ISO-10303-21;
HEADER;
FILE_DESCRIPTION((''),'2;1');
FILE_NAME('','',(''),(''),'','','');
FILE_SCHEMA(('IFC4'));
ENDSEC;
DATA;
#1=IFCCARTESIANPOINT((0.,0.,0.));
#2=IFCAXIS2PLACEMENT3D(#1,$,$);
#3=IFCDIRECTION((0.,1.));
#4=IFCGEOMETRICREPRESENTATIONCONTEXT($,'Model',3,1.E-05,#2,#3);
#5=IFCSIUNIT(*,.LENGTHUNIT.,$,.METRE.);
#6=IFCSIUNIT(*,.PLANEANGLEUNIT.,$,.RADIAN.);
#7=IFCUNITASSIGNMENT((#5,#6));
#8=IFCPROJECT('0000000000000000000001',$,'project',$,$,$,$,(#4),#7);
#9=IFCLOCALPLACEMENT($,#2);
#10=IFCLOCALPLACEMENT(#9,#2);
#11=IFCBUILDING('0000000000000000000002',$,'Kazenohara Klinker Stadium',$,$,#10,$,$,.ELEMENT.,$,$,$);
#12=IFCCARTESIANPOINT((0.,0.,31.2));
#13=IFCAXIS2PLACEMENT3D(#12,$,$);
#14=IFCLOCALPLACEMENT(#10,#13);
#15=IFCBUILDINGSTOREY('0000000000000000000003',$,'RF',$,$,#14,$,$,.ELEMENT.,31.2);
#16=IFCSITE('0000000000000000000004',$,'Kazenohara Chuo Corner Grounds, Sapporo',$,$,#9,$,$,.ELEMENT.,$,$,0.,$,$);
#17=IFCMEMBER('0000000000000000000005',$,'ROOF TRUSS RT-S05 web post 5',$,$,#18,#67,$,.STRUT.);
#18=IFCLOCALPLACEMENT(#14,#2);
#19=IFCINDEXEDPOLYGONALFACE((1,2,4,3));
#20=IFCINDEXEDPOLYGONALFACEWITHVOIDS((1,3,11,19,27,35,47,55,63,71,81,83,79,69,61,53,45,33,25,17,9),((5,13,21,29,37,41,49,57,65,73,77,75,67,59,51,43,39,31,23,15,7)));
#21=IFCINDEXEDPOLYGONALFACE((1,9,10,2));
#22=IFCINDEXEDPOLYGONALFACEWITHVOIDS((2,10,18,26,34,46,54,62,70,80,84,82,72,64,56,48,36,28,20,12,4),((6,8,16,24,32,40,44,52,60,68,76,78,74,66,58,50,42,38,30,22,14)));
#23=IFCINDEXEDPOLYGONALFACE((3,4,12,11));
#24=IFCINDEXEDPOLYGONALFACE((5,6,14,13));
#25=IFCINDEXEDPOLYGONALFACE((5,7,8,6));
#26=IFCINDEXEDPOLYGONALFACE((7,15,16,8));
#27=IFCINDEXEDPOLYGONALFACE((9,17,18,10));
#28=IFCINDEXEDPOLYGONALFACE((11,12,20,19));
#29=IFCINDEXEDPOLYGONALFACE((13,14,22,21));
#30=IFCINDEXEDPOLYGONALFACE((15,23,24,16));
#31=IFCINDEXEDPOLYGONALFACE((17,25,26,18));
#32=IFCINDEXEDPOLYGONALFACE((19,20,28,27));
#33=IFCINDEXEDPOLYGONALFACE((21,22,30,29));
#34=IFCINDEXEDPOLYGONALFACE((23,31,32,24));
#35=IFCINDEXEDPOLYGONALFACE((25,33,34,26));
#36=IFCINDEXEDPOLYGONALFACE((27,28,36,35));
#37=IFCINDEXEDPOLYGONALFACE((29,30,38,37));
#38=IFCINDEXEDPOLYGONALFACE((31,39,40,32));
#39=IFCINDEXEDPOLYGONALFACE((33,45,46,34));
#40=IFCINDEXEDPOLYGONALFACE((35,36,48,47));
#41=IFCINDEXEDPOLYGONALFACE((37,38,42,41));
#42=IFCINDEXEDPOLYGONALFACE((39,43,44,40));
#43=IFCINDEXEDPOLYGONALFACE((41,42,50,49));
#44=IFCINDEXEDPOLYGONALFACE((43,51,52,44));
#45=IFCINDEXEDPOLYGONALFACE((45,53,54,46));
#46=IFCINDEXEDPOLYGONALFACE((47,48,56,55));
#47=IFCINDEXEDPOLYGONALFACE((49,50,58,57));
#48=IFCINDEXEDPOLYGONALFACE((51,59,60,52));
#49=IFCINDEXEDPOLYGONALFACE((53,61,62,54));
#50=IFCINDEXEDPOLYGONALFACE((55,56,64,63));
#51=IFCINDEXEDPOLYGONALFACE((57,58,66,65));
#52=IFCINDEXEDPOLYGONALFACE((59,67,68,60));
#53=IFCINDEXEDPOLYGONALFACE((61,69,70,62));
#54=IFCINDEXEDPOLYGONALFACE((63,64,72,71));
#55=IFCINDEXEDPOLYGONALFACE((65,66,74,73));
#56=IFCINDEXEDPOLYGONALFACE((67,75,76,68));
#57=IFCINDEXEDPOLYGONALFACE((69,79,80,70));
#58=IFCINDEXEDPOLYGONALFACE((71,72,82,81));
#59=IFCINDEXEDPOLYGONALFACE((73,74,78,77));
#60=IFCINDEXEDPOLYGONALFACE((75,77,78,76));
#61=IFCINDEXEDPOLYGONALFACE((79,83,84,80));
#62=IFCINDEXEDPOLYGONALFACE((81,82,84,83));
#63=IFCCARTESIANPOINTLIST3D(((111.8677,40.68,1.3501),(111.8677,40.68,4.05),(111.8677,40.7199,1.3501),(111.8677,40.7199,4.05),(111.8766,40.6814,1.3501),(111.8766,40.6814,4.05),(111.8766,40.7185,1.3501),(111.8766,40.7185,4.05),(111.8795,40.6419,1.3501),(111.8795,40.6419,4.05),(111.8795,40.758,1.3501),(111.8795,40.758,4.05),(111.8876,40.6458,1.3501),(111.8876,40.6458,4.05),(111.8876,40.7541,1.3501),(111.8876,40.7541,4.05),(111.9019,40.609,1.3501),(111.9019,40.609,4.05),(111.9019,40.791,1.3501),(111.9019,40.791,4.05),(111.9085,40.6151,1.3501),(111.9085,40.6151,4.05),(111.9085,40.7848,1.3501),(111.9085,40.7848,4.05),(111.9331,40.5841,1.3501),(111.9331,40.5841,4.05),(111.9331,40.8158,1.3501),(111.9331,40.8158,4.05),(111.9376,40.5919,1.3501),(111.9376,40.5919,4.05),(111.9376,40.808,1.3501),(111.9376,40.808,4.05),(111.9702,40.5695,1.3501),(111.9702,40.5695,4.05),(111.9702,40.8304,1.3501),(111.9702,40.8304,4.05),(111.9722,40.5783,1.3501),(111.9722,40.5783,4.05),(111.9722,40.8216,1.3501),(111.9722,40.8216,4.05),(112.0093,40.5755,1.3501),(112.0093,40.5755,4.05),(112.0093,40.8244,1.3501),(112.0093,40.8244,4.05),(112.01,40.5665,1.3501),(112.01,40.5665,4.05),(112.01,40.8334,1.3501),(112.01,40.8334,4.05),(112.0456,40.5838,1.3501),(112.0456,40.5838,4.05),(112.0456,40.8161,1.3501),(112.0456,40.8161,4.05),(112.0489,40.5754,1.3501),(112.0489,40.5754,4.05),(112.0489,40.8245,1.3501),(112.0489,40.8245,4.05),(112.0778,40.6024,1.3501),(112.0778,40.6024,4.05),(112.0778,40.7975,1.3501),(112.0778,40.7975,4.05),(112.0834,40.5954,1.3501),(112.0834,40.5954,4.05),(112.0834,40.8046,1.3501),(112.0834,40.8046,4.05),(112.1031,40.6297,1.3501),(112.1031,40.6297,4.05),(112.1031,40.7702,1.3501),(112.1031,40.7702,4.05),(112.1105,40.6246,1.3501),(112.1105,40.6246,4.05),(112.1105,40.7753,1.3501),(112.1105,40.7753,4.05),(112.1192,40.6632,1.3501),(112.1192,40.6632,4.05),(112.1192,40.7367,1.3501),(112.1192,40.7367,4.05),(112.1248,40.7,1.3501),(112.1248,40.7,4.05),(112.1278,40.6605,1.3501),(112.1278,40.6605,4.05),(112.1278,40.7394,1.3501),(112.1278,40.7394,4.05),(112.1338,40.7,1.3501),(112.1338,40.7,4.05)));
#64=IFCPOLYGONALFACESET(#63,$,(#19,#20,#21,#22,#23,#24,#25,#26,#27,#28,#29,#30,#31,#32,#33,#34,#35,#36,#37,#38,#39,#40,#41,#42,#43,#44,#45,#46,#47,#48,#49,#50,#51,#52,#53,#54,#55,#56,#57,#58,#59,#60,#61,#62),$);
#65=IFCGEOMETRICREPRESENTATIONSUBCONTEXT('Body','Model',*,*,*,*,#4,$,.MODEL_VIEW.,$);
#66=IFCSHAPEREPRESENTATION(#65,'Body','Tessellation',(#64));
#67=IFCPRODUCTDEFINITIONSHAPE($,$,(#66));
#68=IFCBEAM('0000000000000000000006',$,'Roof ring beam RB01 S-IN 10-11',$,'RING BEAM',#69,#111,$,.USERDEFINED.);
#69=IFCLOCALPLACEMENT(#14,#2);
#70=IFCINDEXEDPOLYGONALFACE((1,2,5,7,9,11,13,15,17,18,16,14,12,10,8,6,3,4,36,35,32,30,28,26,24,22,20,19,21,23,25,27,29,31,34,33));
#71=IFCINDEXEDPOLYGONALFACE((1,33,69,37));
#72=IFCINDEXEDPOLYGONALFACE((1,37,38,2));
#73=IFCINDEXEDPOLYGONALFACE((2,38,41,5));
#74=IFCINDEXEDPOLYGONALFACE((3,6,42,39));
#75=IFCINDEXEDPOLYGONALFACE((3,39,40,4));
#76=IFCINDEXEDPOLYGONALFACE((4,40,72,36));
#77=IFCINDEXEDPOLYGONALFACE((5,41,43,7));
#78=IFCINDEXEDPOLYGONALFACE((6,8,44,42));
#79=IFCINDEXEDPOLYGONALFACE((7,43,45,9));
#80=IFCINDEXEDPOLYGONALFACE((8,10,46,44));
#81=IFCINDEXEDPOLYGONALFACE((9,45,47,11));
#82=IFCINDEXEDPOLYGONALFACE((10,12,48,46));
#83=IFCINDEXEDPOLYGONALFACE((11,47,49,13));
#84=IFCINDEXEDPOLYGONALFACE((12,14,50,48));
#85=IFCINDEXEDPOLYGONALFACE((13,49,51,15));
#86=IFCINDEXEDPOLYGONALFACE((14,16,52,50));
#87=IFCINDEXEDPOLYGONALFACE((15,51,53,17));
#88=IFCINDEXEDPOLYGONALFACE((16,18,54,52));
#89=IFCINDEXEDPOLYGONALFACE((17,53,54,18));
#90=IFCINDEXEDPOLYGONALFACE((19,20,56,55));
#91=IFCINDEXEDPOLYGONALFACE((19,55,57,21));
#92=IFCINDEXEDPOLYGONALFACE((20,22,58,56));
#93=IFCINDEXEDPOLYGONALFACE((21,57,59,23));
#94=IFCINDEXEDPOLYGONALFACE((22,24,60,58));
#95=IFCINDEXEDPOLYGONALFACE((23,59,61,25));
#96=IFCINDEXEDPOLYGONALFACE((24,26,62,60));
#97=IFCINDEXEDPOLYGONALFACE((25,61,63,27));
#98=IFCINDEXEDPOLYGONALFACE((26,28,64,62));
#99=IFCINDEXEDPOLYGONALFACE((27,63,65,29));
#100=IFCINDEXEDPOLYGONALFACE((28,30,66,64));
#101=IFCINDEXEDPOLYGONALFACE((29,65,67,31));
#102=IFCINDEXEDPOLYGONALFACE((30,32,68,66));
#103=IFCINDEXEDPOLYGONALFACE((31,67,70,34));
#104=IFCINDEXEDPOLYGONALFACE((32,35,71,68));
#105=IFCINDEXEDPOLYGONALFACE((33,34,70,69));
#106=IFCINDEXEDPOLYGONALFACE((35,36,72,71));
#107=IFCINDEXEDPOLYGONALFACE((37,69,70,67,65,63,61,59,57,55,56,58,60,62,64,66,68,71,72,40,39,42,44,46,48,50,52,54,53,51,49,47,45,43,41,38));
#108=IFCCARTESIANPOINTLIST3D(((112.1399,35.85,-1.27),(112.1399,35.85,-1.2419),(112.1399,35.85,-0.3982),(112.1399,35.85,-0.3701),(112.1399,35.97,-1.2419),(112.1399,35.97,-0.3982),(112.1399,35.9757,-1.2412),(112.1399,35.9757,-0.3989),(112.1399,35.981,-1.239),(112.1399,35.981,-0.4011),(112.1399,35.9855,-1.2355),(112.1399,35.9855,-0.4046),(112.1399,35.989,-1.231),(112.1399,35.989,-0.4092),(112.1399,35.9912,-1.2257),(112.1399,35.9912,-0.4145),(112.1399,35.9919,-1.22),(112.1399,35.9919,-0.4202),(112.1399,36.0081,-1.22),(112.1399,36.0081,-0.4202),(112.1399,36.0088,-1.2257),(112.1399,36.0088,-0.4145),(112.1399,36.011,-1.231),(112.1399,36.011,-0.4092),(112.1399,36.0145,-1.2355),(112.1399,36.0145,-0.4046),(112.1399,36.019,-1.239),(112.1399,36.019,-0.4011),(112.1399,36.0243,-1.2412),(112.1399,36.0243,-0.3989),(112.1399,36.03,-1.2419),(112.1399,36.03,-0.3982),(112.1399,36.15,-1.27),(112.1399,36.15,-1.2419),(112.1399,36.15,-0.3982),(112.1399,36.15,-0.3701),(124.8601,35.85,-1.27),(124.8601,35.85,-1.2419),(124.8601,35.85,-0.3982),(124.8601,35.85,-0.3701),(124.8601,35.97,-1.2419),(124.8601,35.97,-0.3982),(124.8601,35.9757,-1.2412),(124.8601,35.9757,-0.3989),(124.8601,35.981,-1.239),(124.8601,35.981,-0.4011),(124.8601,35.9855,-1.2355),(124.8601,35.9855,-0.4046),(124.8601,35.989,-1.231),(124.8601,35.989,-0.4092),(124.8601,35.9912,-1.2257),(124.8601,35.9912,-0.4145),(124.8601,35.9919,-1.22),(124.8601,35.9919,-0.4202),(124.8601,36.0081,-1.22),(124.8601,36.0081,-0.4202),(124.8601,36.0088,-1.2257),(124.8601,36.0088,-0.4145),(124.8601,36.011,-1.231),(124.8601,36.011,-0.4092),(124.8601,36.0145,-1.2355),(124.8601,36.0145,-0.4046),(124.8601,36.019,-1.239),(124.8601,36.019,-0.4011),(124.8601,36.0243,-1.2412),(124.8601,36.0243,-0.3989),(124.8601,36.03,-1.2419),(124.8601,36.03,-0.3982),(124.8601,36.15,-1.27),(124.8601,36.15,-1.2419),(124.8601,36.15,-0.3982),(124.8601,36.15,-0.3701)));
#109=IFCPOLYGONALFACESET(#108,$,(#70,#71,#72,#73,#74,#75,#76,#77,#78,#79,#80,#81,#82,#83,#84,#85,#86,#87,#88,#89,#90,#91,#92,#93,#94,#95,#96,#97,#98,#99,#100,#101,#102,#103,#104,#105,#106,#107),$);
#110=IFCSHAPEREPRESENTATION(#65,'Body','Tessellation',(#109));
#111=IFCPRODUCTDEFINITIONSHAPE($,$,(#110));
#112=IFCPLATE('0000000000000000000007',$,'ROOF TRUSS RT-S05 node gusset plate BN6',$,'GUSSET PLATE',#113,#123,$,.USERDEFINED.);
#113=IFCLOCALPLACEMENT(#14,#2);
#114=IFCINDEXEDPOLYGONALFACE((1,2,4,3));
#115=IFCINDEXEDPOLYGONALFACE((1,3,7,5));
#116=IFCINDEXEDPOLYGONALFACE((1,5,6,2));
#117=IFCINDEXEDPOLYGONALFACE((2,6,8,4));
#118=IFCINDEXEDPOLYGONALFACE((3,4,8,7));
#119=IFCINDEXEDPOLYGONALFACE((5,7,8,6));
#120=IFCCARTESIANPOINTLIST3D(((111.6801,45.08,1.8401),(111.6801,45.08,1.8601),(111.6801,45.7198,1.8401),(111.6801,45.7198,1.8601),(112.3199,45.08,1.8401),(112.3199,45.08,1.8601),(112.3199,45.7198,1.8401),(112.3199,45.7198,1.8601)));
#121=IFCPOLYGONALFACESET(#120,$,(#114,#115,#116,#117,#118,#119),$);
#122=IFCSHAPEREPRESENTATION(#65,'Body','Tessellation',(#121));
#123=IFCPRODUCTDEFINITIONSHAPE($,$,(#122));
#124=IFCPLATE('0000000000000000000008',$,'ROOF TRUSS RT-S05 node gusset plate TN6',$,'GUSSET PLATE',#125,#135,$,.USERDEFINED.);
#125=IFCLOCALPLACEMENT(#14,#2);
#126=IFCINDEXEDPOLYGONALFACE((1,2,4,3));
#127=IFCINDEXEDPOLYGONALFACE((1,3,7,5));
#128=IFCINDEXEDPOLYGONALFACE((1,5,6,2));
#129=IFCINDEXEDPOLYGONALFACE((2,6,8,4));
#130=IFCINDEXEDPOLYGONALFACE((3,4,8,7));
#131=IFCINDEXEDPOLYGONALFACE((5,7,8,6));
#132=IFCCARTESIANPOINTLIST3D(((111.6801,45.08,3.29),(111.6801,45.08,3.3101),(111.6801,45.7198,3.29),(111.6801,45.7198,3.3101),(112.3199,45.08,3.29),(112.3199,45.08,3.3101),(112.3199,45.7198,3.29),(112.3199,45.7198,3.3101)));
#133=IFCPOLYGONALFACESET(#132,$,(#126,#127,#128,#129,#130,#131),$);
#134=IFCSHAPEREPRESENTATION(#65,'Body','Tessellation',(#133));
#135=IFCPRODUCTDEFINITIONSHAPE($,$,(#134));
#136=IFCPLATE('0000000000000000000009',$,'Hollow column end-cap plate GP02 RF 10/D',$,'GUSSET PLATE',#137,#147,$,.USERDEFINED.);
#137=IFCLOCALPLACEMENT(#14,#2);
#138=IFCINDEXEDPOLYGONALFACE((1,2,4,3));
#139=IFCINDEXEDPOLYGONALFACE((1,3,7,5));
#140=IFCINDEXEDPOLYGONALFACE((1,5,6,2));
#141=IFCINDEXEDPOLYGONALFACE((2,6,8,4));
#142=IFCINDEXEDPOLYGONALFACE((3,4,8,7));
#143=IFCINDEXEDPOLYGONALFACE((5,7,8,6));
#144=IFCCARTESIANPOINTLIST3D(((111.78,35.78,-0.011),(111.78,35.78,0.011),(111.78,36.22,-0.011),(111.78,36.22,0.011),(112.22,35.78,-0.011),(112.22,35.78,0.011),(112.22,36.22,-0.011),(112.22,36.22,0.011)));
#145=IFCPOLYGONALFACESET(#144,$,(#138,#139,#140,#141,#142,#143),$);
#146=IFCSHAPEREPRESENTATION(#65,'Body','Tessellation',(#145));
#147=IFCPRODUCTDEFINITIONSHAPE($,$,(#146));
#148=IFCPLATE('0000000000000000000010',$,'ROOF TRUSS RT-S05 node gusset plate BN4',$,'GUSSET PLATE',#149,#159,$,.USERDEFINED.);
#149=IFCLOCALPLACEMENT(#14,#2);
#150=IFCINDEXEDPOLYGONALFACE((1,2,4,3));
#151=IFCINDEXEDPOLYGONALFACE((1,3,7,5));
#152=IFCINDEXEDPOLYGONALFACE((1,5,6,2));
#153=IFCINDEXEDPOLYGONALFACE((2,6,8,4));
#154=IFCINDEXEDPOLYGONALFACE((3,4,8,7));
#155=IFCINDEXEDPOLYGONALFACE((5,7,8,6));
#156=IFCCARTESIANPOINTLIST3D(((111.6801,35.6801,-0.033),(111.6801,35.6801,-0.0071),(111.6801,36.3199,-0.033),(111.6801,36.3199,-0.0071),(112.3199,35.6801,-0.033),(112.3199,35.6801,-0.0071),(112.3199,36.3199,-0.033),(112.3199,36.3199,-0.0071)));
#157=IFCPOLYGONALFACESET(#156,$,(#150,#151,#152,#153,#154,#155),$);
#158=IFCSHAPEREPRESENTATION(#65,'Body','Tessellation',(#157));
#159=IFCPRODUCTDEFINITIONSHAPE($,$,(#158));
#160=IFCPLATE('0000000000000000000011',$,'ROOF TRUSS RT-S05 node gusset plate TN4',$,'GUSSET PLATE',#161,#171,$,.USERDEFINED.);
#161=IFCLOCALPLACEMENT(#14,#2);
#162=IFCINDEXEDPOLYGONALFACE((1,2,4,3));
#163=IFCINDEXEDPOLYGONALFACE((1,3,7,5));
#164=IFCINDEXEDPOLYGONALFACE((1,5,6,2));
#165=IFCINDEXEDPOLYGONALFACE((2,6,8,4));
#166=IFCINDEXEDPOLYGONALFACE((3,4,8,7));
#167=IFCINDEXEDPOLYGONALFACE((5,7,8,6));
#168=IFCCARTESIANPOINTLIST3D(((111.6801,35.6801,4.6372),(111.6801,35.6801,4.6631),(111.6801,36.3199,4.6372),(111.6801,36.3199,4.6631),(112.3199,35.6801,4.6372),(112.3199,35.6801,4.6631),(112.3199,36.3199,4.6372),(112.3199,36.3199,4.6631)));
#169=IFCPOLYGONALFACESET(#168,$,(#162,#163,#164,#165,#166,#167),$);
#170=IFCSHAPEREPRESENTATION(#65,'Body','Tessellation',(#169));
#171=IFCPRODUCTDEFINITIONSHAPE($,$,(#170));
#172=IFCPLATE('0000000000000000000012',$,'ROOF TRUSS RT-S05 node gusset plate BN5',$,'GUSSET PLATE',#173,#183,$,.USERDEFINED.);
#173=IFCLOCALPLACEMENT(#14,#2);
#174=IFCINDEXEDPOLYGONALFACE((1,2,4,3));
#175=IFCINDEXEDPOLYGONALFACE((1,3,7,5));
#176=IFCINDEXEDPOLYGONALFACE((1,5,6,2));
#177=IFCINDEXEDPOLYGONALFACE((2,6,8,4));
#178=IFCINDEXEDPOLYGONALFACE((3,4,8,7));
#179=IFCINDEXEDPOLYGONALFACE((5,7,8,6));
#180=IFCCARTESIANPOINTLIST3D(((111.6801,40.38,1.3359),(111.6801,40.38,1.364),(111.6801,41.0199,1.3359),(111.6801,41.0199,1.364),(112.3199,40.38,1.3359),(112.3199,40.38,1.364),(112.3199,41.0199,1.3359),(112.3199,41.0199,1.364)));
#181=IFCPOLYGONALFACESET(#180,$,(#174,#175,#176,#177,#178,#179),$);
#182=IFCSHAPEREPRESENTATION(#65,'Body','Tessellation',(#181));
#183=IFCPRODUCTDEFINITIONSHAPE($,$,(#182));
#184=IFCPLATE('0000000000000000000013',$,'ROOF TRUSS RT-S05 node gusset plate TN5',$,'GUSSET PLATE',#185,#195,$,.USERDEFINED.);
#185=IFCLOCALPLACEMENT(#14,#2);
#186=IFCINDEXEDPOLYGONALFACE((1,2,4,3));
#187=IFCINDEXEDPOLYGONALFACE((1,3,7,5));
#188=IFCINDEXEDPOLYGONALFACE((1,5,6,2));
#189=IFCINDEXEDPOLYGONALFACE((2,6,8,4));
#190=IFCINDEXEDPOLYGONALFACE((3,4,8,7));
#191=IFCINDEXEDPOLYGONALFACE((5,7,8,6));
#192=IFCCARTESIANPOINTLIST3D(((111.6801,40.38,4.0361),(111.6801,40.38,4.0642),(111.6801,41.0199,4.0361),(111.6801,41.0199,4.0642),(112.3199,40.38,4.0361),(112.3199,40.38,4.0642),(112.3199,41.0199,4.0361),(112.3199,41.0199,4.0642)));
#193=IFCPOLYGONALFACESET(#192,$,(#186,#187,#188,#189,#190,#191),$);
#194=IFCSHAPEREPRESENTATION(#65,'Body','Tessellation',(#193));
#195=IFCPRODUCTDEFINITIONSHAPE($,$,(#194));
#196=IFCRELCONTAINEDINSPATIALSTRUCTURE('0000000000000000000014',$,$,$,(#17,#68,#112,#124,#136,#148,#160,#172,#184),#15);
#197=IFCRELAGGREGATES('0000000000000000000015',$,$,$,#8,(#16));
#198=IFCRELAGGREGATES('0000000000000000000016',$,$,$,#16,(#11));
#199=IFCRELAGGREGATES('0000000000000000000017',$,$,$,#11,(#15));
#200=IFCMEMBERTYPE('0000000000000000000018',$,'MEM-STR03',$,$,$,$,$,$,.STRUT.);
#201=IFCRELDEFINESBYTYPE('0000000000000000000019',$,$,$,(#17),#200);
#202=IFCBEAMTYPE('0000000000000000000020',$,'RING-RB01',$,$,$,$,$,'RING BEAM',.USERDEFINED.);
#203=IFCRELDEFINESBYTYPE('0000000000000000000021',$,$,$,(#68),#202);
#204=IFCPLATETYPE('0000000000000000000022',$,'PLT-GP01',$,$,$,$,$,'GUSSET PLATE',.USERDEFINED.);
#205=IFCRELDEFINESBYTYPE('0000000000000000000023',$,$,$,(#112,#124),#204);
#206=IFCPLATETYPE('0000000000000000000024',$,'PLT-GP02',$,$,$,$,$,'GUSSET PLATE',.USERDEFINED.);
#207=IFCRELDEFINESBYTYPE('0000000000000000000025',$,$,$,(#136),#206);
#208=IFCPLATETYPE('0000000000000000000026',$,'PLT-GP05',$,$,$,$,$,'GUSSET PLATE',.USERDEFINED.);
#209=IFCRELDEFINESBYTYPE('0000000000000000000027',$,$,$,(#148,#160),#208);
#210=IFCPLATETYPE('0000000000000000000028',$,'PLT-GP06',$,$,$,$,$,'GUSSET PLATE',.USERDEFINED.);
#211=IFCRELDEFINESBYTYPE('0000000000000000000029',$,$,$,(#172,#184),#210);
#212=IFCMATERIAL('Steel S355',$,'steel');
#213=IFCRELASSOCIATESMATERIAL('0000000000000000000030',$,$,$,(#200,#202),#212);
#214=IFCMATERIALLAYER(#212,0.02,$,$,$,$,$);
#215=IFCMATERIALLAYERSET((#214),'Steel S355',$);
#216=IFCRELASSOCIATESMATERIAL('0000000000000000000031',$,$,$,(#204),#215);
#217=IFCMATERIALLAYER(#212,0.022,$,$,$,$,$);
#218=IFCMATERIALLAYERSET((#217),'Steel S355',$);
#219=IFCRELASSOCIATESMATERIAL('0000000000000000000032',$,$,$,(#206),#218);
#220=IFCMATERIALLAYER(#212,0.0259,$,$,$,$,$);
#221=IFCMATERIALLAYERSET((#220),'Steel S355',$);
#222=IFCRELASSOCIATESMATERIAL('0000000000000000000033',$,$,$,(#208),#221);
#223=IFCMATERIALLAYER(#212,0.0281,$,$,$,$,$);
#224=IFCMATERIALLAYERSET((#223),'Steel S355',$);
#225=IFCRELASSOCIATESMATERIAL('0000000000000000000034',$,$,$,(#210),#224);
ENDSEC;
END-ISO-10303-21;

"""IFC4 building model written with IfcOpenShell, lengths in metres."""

from ifc_helpers import new_model, si_unit, direction, frame, origin, origin_2d, place, context, subcontext, project, spatial, rectangle, hollow_circle, i_section, extrude, material, layer, layer_set, material_profile, profile_set, type_object, element, save


model = new_model("IFC4")

# Units and contexts
model_context = context("Model", 3, precision=1e-05, world=origin(), true_north=direction((0.0, 1.0)))
body_context = subcontext(model_context, "Body", "Model", "MODEL_VIEW")
ifc_project = project(units=[si_unit("LENGTHUNIT", "METRE"), si_unit("PLANEANGLEUNIT", "RADIAN")], contexts=[model_context])

# Site, building, storey
site_placement = place(None, origin())
site = spatial("IfcSite", under=ifc_project, at=site_placement, Name="Kazenohara Chuo Corner Grounds, Sapporo", CompositionType="ELEMENT", RefElevation=0.0)
building_placement = place(site_placement, origin())
building = spatial("IfcBuilding", under=site, at=building_placement, Name="Kazenohara Klinker Stadium", CompositionType="ELEMENT")
storey_placement = place(building_placement, frame((0.0, 0.0, 31.2)))
storey = spatial("IfcBuildingStorey", under=building, at=storey_placement, Name="RF", CompositionType="ELEMENT", Elevation=31.2)

# Member
ifc_material_1 = material(Name="Steel S355", Category="steel")
ifc_material_profile_1 = material_profile(ifc_material_1, hollow_circle(Radius=0.1338, WallThickness=0.009, at=origin_2d()), Name="CHS-267.4x9")
ifc_profile_set_1 = profile_set([ifc_material_profile_1], Name="Steel S355")
member_type_1 = type_object("IfcMemberType", Name="MEM-STR03", PredefinedType="STRUT", material=ifc_profile_set_1)
member_1_placement = place(storey_placement, frame((112.0, 40.7, 1.3501), z_axis=(0.0, 0.0, 1.0), x_axis=(1.0, 0.0, 0.0)))
element("IfcMember", 1, at=member_1_placement, inside=storey, type_object=member_type_1, Name="ROOF TRUSS RT-S05 web post 5", PredefinedType="STRUT", context=body_context, shape_type="SweptSolid", body=[
    extrude(hollow_circle(Radius=0.1338, WallThickness=0.009, at=origin_2d()), origin(), (0.0, 0.0, 1.0), 2.7),
])

# Beam
ifc_material_profile_2 = material_profile(ifc_material_1, i_section(OverallWidth=0.3, OverallDepth=0.8999, WebThickness=0.0161, FlangeThickness=0.0281, FilletRadius=0.022, at=origin_2d()), Name="H-900x300x16x28")
ifc_profile_set_2 = profile_set([ifc_material_profile_2], Name="Steel S355")
beam_type = type_object("IfcBeamType", Name="RING-RB01", ElementType="RING BEAM", PredefinedType="USERDEFINED", material=ifc_profile_set_2)
beam_placement = place(storey_placement, frame((112.1399, 36.0, -0.8201), z_axis=(1.0, 0.0, 0.0), x_axis=(0.0, 1.0, 0.0)))
element("IfcBeam", 2, at=beam_placement, inside=storey, type_object=beam_type, Name="Roof ring beam RB01 S-IN 10-11", ObjectType="RING BEAM", PredefinedType="USERDEFINED", context=body_context, shape_type="SweptSolid", body=[
    extrude(i_section(OverallWidth=0.3, OverallDepth=0.8999, WebThickness=0.0161, FlangeThickness=0.0281, FilletRadius=0.022, at=origin_2d()), origin(), (0.0, 0.0, 1.0), 12.7202),
])

# Plates
ifc_layer_1 = layer(ifc_material_1, 0.02)
ifc_layer_set_1 = layer_set([ifc_layer_1], Name="Steel S355")
plate_type_1 = type_object("IfcPlateType", Name="PLT-GP01", ElementType="GUSSET PLATE", PredefinedType="USERDEFINED", material=ifc_layer_set_1)
for number, where, z_axis, x_axis, name in (
    (3, (112.0, 45.3999, 1.8401), (0.0, 0.0, 1.0), (1.0, 0.0, 0.0), "ROOF TRUSS RT-S05 node gusset plate BN6"),
    (4, (112.0, 45.3999, 3.29), (0.0, 0.0, 1.0), (1.0, 0.0, 0.0), "ROOF TRUSS RT-S05 node gusset plate TN6"),
):
    element("IfcPlate", number, at=place(storey_placement, frame(where, z_axis=z_axis, x_axis=x_axis)), inside=storey, type_object=plate_type_1, Name=name, ObjectType="GUSSET PLATE", PredefinedType="USERDEFINED", context=body_context, shape_type="SweptSolid", body=[
        extrude(rectangle(XDim=0.6399, YDim=0.6399, at=origin_2d()), origin(), (0.0, 0.0, 1.0), 0.02),
    ])
ifc_layer_2 = layer(ifc_material_1, 0.022)
ifc_layer_set_2 = layer_set([ifc_layer_2], Name="Steel S355")
plate_type_2 = type_object("IfcPlateType", Name="PLT-GP02", ElementType="GUSSET PLATE", PredefinedType="USERDEFINED", material=ifc_layer_set_2)
plate_placement = place(storey_placement, frame((112.0, 36.0, -0.011), z_axis=(0.0, 0.0, 1.0), x_axis=(1.0, 0.0, 0.0)))
element("IfcPlate", 5, at=plate_placement, inside=storey, type_object=plate_type_2, Name="Hollow column end-cap plate GP02 RF 10/D", ObjectType="GUSSET PLATE", PredefinedType="USERDEFINED", context=body_context, shape_type="SweptSolid", body=[
    extrude(rectangle(XDim=0.4399, YDim=0.4399, at=origin_2d()), origin(), (0.0, 0.0, 1.0), 0.022),
])
ifc_layer_3 = layer(ifc_material_1, 0.0259)
ifc_layer_set_3 = layer_set([ifc_layer_3], Name="Steel S355")
plate_type_3 = type_object("IfcPlateType", Name="PLT-GP05", ElementType="GUSSET PLATE", PredefinedType="USERDEFINED", material=ifc_layer_set_3)
for number, where, z_axis, x_axis, name in (
    (6, (112.0, 36.0, -0.033), (0.0, 0.0, 1.0), (1.0, 0.0, 0.0), "ROOF TRUSS RT-S05 node gusset plate BN4"),
    (7, (112.0, 36.0, 4.6372), (0.0, 0.0, 1.0), (1.0, 0.0, 0.0), "ROOF TRUSS RT-S05 node gusset plate TN4"),
):
    element("IfcPlate", number, at=place(storey_placement, frame(where, z_axis=z_axis, x_axis=x_axis)), inside=storey, type_object=plate_type_3, Name=name, ObjectType="GUSSET PLATE", PredefinedType="USERDEFINED", context=body_context, shape_type="SweptSolid", body=[
        extrude(rectangle(XDim=0.6399, YDim=0.6399, at=origin_2d()), origin(), (0.0, 0.0, 1.0), 0.0259),
    ])
ifc_layer_4 = layer(ifc_material_1, 0.0281)
ifc_layer_set_4 = layer_set([ifc_layer_4], Name="Steel S355")
plate_type_4 = type_object("IfcPlateType", Name="PLT-GP06", ElementType="GUSSET PLATE", PredefinedType="USERDEFINED", material=ifc_layer_set_4)
for number, where, z_axis, x_axis, name in (
    (8, (112.0, 40.7, 1.3359), (0.0, 0.0, 1.0), (1.0, 0.0, 0.0), "ROOF TRUSS RT-S05 node gusset plate BN5"),
    (9, (112.0, 40.7, 4.0361), (0.0, 0.0, 1.0), (1.0, 0.0, 0.0), "ROOF TRUSS RT-S05 node gusset plate TN5"),
):
    element("IfcPlate", number, at=place(storey_placement, frame(where, z_axis=z_axis, x_axis=x_axis)), inside=storey, type_object=plate_type_4, Name=name, ObjectType="GUSSET PLATE", PredefinedType="USERDEFINED", context=body_context, shape_type="SweptSolid", body=[
        extrude(rectangle(XDim=0.6399, YDim=0.6399, at=origin_2d()), origin(), (0.0, 0.0, 1.0), 0.0281),
    ])

save(model, "model.ifc")
